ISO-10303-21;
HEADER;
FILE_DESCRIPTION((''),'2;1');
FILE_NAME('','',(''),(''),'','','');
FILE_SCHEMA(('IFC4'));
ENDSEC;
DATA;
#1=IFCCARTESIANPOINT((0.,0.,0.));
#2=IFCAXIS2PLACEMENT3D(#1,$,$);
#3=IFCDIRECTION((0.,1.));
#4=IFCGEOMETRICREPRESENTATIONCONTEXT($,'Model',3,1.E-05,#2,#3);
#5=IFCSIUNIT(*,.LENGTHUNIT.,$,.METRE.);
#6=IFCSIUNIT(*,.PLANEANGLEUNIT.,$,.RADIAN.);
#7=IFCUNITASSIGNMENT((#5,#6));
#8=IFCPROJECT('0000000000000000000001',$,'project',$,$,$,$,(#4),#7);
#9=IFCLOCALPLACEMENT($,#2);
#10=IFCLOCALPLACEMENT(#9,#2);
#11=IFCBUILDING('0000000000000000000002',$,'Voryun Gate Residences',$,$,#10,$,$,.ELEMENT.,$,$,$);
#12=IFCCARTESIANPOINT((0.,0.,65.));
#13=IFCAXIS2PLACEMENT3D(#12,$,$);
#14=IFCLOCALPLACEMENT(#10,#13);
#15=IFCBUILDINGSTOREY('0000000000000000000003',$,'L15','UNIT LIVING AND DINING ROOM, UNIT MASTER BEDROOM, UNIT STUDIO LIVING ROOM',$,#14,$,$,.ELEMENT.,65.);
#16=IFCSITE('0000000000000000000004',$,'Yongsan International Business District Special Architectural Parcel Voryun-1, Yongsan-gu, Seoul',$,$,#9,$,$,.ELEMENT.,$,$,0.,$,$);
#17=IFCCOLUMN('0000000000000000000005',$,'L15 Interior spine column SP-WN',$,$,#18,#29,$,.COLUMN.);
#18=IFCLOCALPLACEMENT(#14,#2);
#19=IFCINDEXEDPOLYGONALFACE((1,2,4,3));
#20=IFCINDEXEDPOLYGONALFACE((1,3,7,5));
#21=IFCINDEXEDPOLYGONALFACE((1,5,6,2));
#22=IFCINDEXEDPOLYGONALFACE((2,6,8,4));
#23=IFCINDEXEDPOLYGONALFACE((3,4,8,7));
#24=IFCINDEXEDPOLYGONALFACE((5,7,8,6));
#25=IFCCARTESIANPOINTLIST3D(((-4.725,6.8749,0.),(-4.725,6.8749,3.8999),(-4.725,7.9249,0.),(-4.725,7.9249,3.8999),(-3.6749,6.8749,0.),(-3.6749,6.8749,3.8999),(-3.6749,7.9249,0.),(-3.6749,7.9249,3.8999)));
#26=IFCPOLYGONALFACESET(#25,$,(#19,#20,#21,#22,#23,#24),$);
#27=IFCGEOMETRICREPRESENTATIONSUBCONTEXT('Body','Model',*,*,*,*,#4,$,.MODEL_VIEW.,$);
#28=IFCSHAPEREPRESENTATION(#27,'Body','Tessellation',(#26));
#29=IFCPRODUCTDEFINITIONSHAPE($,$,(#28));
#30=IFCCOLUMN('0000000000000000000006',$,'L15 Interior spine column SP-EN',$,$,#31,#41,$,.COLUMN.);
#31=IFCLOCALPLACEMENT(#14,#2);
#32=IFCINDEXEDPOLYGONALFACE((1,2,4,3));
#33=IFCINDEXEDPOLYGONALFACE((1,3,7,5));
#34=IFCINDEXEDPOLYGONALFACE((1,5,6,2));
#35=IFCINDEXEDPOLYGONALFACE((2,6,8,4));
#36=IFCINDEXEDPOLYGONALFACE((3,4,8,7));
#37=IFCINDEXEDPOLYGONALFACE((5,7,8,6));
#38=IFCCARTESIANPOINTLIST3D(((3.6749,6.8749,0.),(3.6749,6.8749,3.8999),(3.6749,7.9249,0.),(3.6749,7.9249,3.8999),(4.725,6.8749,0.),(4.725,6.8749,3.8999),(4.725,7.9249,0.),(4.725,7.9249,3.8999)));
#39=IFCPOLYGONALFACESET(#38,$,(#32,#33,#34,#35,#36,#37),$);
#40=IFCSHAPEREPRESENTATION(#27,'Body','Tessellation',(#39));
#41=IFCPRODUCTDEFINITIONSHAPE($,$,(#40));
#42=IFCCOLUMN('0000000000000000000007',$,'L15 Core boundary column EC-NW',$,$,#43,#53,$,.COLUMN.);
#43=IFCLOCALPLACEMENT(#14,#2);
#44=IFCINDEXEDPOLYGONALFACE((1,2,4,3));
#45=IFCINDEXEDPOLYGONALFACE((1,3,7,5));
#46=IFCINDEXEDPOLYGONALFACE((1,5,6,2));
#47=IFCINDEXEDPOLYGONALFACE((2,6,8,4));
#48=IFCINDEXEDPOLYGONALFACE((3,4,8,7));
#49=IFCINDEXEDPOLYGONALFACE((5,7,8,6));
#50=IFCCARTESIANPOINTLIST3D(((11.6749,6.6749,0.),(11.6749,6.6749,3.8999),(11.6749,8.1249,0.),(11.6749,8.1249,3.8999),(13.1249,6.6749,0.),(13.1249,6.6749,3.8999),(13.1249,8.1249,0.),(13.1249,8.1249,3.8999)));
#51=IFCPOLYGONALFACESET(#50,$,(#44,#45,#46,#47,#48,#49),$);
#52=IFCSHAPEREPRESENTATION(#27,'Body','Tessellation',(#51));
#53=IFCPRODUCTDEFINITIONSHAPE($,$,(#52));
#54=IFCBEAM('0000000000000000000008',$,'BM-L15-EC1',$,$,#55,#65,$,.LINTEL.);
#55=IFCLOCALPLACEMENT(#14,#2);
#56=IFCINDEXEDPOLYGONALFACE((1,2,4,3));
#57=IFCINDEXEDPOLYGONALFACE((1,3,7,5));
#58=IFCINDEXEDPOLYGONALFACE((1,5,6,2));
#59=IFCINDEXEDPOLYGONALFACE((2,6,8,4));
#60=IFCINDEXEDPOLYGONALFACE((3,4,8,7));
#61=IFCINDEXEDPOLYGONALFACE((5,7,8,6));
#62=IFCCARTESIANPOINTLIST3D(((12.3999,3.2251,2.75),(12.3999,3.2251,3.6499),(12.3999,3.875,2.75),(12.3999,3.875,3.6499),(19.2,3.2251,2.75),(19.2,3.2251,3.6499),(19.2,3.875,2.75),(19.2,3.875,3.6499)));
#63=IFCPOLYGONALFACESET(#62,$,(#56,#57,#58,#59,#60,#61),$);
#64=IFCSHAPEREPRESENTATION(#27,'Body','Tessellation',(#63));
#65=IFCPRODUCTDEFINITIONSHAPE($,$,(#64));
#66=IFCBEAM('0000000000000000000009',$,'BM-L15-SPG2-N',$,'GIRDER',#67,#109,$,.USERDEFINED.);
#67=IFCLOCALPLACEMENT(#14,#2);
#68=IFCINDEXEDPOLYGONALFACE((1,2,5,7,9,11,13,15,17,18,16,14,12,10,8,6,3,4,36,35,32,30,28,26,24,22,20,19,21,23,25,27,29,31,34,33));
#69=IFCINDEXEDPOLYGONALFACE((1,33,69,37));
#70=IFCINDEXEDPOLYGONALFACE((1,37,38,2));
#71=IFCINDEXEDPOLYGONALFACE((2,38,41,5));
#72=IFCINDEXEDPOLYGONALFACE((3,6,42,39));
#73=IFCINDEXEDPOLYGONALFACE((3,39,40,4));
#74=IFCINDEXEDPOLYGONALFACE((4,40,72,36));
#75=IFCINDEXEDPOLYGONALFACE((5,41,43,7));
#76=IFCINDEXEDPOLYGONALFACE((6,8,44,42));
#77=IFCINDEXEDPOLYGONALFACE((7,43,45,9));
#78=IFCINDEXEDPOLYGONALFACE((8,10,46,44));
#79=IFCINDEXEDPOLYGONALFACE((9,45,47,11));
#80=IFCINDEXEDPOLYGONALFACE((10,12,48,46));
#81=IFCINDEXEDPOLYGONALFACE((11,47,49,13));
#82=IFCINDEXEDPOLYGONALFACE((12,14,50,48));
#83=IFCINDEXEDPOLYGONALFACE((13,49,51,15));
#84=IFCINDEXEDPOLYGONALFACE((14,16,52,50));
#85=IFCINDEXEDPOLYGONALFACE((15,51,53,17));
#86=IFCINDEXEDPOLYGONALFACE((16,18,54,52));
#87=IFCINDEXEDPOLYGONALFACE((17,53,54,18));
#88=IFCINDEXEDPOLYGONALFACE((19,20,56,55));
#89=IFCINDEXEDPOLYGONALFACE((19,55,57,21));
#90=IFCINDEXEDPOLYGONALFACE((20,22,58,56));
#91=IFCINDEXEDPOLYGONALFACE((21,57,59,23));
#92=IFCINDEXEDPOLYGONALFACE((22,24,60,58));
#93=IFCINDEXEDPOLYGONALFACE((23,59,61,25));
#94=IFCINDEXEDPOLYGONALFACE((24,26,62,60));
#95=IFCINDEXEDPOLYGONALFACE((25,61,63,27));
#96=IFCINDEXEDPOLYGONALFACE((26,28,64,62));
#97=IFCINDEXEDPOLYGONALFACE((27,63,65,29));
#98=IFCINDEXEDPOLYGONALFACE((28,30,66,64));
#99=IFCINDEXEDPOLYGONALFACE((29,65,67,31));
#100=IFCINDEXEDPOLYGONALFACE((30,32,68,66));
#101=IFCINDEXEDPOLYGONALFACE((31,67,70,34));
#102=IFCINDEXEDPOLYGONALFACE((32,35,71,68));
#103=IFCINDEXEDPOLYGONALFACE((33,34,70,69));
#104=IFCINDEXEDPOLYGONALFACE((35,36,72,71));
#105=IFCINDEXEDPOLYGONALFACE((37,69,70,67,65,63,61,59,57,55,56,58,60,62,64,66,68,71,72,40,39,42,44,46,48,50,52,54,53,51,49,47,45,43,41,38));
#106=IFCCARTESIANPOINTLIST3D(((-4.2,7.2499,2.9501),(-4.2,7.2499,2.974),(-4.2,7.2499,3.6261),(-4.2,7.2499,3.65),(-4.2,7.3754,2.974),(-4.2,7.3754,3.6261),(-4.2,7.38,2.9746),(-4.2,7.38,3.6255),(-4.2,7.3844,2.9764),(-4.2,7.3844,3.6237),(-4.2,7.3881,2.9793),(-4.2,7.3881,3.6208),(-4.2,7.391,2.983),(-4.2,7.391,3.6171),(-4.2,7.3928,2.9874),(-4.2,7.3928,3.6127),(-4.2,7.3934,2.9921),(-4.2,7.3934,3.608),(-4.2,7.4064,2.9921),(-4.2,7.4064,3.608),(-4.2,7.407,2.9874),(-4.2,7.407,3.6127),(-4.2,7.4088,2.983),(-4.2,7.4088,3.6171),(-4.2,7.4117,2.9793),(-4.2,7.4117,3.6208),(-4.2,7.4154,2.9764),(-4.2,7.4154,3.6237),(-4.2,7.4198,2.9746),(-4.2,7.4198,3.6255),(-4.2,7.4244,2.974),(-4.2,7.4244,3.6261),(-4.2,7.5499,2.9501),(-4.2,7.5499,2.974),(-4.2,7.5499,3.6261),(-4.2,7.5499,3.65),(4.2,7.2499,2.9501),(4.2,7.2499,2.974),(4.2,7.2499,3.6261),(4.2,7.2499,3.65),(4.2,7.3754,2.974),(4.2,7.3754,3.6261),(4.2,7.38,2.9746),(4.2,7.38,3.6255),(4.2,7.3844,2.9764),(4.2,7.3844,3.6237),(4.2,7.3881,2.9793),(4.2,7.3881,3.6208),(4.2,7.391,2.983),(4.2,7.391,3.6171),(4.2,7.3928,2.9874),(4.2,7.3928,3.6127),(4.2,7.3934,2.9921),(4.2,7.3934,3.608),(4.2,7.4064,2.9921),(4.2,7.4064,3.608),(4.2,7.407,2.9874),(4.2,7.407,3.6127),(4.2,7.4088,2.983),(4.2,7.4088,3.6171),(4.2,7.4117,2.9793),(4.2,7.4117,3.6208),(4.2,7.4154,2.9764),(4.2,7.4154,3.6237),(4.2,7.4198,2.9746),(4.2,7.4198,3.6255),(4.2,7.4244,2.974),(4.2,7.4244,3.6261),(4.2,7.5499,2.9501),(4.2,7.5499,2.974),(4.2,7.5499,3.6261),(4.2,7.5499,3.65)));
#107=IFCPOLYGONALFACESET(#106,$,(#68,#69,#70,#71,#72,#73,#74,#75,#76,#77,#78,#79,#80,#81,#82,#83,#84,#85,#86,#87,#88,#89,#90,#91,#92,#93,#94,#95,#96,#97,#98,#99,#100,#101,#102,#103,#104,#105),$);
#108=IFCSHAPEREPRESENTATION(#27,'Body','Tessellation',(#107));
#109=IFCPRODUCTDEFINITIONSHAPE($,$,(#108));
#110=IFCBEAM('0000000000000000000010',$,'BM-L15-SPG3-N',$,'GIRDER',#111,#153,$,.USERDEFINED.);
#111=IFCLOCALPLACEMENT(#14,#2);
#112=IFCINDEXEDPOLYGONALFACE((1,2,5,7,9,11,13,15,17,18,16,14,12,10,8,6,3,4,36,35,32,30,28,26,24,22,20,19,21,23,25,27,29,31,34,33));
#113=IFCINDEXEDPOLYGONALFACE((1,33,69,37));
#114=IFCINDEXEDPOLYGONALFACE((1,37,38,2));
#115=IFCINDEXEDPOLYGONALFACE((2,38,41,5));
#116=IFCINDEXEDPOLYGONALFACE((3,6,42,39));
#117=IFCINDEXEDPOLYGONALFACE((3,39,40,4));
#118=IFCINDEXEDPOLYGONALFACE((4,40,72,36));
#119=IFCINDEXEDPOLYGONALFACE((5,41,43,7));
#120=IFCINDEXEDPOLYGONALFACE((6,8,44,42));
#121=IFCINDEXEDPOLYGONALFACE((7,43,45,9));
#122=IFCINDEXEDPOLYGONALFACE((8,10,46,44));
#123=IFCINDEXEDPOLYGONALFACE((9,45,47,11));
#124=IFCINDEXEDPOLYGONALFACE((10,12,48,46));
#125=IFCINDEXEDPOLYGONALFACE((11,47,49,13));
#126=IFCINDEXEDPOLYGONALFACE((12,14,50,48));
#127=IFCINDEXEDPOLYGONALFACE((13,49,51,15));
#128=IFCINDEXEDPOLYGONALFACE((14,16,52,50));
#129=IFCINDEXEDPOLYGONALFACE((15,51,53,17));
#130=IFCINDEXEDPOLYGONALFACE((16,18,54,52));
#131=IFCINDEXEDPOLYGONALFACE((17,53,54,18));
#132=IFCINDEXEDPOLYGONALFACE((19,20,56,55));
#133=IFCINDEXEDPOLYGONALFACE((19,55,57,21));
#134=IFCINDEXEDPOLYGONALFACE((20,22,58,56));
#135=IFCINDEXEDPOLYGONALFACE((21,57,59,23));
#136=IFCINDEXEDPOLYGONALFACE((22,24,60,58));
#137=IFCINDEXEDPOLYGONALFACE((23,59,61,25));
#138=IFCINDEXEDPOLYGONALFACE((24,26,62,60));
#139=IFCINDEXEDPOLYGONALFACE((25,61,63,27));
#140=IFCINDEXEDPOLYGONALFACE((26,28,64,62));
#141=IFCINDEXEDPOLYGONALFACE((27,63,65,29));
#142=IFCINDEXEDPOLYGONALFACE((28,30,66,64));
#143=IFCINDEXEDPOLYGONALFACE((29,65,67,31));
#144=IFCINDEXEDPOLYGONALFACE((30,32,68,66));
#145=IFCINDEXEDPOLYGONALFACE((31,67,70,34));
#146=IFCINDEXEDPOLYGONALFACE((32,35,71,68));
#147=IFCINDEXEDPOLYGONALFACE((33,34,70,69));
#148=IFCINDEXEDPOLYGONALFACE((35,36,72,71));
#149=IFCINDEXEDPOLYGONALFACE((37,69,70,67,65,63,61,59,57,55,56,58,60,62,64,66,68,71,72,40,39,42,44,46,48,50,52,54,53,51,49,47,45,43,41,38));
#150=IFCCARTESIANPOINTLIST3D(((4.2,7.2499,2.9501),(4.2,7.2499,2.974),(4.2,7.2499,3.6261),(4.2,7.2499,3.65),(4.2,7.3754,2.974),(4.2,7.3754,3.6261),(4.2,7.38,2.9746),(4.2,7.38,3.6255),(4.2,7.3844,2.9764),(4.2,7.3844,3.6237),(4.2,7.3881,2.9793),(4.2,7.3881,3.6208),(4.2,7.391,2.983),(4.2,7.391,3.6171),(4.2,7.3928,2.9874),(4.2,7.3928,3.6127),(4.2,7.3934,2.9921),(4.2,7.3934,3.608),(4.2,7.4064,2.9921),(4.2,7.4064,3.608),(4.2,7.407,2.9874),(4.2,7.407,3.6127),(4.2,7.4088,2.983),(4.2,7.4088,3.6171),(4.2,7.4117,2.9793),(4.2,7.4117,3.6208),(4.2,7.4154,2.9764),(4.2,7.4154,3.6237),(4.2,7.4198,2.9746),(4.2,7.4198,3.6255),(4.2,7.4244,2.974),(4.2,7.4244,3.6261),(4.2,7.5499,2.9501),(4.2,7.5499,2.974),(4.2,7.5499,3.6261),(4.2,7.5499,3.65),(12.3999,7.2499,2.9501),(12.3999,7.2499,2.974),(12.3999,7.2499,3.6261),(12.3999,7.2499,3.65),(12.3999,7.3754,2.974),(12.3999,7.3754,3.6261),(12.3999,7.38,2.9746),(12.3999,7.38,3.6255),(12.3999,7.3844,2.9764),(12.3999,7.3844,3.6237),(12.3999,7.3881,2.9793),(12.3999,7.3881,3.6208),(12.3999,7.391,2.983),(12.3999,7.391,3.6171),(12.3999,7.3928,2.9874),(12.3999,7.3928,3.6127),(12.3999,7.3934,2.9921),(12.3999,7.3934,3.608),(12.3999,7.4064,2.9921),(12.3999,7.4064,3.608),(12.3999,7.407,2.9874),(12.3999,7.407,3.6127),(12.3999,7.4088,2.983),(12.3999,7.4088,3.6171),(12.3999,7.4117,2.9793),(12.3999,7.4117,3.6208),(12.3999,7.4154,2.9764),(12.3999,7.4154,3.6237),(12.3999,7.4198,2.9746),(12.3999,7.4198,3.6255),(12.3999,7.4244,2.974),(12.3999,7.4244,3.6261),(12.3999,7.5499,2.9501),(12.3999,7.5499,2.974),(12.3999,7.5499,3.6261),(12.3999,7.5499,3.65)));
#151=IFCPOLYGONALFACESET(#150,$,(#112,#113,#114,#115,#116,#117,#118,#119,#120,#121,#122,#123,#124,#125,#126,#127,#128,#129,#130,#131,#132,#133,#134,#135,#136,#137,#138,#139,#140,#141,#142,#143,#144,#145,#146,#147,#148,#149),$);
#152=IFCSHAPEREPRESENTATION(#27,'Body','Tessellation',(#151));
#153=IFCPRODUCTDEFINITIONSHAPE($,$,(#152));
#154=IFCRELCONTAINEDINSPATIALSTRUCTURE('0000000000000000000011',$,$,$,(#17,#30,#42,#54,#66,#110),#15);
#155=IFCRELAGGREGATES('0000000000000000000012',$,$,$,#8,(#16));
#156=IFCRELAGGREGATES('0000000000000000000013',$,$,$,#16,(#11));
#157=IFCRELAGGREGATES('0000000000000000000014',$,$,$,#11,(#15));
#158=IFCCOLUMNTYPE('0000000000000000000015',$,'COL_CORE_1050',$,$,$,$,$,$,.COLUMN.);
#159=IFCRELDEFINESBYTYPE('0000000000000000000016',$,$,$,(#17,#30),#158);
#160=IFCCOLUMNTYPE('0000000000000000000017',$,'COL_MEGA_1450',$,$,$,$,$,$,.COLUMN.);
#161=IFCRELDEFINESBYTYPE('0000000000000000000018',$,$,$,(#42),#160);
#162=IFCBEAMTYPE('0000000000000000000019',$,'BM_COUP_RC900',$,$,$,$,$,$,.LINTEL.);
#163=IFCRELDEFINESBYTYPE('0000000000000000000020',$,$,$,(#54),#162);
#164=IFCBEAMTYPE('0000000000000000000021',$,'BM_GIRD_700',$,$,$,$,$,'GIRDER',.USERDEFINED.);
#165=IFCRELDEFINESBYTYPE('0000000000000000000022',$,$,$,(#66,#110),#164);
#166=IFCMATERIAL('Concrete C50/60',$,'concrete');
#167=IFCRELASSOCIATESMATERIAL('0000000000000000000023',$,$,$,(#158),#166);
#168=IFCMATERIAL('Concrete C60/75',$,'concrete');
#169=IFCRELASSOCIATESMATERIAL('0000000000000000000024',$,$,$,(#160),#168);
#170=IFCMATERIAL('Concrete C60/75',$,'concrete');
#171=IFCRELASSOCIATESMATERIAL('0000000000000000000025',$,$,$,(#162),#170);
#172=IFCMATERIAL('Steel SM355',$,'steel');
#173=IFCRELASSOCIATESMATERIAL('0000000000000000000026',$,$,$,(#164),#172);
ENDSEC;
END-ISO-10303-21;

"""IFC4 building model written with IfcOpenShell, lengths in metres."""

from ifc_helpers import new_model, si_unit, direction, frame, origin, origin_2d, place, context, subcontext, project, spatial, rectangle, i_section, extrude, material, material_profile, profile_set, type_object, element, save


model = new_model("IFC4")

# Units and contexts
model_context = context("Model", 3, precision=1e-05, world=origin(), true_north=direction((0.0, 1.0)))
body_context = subcontext(model_context, "Body", "Model", "MODEL_VIEW")
ifc_project = project(units=[si_unit("LENGTHUNIT", "METRE"), si_unit("PLANEANGLEUNIT", "RADIAN")], contexts=[model_context])

# Site, building, storey
site_placement = place(None, origin())
site = spatial("IfcSite", under=ifc_project, at=site_placement, Name="Yongsan International Business District Special Architectural Parcel Voryun-1, Yongsan-gu, Seoul", CompositionType="ELEMENT", RefElevation=0.0)
building_placement = place(site_placement, origin())
building = spatial("IfcBuilding", under=site, at=building_placement, Name="Voryun Gate Residences", CompositionType="ELEMENT")
storey_placement = place(building_placement, frame((0.0, 0.0, 65.0)))
storey = spatial("IfcBuildingStorey", under=building, at=storey_placement, Name="L15", Description="UNIT LIVING AND DINING ROOM, UNIT MASTER BEDROOM, UNIT STUDIO LIVING ROOM", CompositionType="ELEMENT", Elevation=65.0)

# Columns
ifc_material_1 = material(Name="Concrete C50/60", Category="concrete")
ifc_material_profile_1 = material_profile(ifc_material_1, rectangle(XDim=1.05, YDim=1.05, at=origin_2d()), Name="RC-1050x1050")
ifc_profile_set_1 = profile_set([ifc_material_profile_1], Name="Concrete C50/60")
column_type_1 = type_object("IfcColumnType", Name="COL_CORE_1050", PredefinedType="COLUMN", material=ifc_profile_set_1)
for number, where, z_axis, x_axis, name in (
    (1, (-4.2, 7.3999, 0.0), (0.0, 0.0, 1.0), (1.0, 0.0, 0.0), "L15 Interior spine column SP-WN"),
    (2, (4.2, 7.3999, 0.0), (0.0, 0.0, 1.0), (1.0, 0.0, 0.0), "L15 Interior spine column SP-EN"),
):
    element("IfcColumn", number, at=place(storey_placement, frame(where, z_axis=z_axis, x_axis=x_axis)), inside=storey, type_object=column_type_1, Name=name, PredefinedType="COLUMN", context=body_context, shape_type="SweptSolid", body=[
        extrude(rectangle(XDim=1.05, YDim=1.05, at=origin_2d()), origin(), (0.0, 0.0, 1.0), 3.8999),
    ])
ifc_material_2 = material(Name="Concrete C60/75", Category="concrete")
ifc_material_profile_2 = material_profile(ifc_material_2, rectangle(XDim=1.45, YDim=1.45, at=origin_2d()), Name="RC-1450x1450")
ifc_profile_set_2 = profile_set([ifc_material_profile_2], Name="Concrete C60/75")
column_type_2 = type_object("IfcColumnType", Name="COL_MEGA_1450", PredefinedType="COLUMN", material=ifc_profile_set_2)
column_placement = place(storey_placement, frame((12.3999, 7.3999, 0.0), z_axis=(0.0, 0.0, 1.0), x_axis=(1.0, 0.0, 0.0)))
element("IfcColumn", 3, at=column_placement, inside=storey, type_object=column_type_2, Name="L15 Core boundary column EC-NW", PredefinedType="COLUMN", context=body_context, shape_type="SweptSolid", body=[
    extrude(rectangle(XDim=1.45, YDim=1.45, at=origin_2d()), origin(), (0.0, 0.0, 1.0), 3.8999),
])

# Beams
ifc_material_3 = material(Name="Concrete C60/75", Category="concrete")
ifc_material_profile_3 = material_profile(ifc_material_3, rectangle(XDim=0.6499, YDim=0.8999, at=origin_2d()), Name="RC-650x900")
ifc_profile_set_3 = profile_set([ifc_material_profile_3], Name="Concrete C60/75")
beam_type_1 = type_object("IfcBeamType", Name="BM_COUP_RC900", PredefinedType="LINTEL", material=ifc_profile_set_3)
beam_1_placement = place(storey_placement, frame((12.3999, 3.55, 3.2), z_axis=(1.0, 0.0, 0.0), x_axis=(0.0, 1.0, 0.0)))
element("IfcBeam", 4, at=beam_1_placement, inside=storey, type_object=beam_type_1, Name="BM-L15-EC1", PredefinedType="LINTEL", context=body_context, shape_type="SweptSolid", body=[
    extrude(rectangle(XDim=0.6499, YDim=0.8999, at=origin_2d()), origin(), (0.0, 0.0, 1.0), 6.8),
])
ifc_material_4 = material(Name="Steel SM355", Category="steel")
ifc_material_profile_4 = material_profile(ifc_material_4, i_section(OverallWidth=0.3, OverallDepth=0.7, WebThickness=0.0129, FlangeThickness=0.0239, FilletRadius=0.0181, at=origin_2d()), Name="H-700x300x13x24")
ifc_profile_set_4 = profile_set([ifc_material_profile_4], Name="Steel SM355")
beam_type_2 = type_object("IfcBeamType", Name="BM_GIRD_700", ElementType="GIRDER", PredefinedType="USERDEFINED", material=ifc_profile_set_4)
beam_2_placement = place(storey_placement, frame((-4.2, 7.3999, 3.3), z_axis=(1.0, 0.0, 0.0), x_axis=(0.0, 1.0, 0.0)))
element("IfcBeam", 5, at=beam_2_placement, inside=storey, type_object=beam_type_2, Name="BM-L15-SPG2-N", ObjectType="GIRDER", PredefinedType="USERDEFINED", context=body_context, shape_type="SweptSolid", body=[
    extrude(i_section(OverallWidth=0.3, OverallDepth=0.7, WebThickness=0.0129, FlangeThickness=0.0239, FilletRadius=0.0181, at=origin_2d()), origin(), (0.0, 0.0, 1.0), 8.3999),
])
beam_3_placement = place(storey_placement, frame((4.2, 7.3999, 3.3), z_axis=(1.0, 0.0, 0.0), x_axis=(0.0, 1.0, 0.0)))
element("IfcBeam", 6, at=beam_3_placement, inside=storey, type_object=beam_type_2, Name="BM-L15-SPG3-N", ObjectType="GIRDER", PredefinedType="USERDEFINED", context=body_context, shape_type="SweptSolid", body=[
    extrude(i_section(OverallWidth=0.3, OverallDepth=0.7, WebThickness=0.0129, FlangeThickness=0.0239, FilletRadius=0.0181, at=origin_2d()), origin(), (0.0, 0.0, 1.0), 8.2),
])

save(model, "model.ifc")
